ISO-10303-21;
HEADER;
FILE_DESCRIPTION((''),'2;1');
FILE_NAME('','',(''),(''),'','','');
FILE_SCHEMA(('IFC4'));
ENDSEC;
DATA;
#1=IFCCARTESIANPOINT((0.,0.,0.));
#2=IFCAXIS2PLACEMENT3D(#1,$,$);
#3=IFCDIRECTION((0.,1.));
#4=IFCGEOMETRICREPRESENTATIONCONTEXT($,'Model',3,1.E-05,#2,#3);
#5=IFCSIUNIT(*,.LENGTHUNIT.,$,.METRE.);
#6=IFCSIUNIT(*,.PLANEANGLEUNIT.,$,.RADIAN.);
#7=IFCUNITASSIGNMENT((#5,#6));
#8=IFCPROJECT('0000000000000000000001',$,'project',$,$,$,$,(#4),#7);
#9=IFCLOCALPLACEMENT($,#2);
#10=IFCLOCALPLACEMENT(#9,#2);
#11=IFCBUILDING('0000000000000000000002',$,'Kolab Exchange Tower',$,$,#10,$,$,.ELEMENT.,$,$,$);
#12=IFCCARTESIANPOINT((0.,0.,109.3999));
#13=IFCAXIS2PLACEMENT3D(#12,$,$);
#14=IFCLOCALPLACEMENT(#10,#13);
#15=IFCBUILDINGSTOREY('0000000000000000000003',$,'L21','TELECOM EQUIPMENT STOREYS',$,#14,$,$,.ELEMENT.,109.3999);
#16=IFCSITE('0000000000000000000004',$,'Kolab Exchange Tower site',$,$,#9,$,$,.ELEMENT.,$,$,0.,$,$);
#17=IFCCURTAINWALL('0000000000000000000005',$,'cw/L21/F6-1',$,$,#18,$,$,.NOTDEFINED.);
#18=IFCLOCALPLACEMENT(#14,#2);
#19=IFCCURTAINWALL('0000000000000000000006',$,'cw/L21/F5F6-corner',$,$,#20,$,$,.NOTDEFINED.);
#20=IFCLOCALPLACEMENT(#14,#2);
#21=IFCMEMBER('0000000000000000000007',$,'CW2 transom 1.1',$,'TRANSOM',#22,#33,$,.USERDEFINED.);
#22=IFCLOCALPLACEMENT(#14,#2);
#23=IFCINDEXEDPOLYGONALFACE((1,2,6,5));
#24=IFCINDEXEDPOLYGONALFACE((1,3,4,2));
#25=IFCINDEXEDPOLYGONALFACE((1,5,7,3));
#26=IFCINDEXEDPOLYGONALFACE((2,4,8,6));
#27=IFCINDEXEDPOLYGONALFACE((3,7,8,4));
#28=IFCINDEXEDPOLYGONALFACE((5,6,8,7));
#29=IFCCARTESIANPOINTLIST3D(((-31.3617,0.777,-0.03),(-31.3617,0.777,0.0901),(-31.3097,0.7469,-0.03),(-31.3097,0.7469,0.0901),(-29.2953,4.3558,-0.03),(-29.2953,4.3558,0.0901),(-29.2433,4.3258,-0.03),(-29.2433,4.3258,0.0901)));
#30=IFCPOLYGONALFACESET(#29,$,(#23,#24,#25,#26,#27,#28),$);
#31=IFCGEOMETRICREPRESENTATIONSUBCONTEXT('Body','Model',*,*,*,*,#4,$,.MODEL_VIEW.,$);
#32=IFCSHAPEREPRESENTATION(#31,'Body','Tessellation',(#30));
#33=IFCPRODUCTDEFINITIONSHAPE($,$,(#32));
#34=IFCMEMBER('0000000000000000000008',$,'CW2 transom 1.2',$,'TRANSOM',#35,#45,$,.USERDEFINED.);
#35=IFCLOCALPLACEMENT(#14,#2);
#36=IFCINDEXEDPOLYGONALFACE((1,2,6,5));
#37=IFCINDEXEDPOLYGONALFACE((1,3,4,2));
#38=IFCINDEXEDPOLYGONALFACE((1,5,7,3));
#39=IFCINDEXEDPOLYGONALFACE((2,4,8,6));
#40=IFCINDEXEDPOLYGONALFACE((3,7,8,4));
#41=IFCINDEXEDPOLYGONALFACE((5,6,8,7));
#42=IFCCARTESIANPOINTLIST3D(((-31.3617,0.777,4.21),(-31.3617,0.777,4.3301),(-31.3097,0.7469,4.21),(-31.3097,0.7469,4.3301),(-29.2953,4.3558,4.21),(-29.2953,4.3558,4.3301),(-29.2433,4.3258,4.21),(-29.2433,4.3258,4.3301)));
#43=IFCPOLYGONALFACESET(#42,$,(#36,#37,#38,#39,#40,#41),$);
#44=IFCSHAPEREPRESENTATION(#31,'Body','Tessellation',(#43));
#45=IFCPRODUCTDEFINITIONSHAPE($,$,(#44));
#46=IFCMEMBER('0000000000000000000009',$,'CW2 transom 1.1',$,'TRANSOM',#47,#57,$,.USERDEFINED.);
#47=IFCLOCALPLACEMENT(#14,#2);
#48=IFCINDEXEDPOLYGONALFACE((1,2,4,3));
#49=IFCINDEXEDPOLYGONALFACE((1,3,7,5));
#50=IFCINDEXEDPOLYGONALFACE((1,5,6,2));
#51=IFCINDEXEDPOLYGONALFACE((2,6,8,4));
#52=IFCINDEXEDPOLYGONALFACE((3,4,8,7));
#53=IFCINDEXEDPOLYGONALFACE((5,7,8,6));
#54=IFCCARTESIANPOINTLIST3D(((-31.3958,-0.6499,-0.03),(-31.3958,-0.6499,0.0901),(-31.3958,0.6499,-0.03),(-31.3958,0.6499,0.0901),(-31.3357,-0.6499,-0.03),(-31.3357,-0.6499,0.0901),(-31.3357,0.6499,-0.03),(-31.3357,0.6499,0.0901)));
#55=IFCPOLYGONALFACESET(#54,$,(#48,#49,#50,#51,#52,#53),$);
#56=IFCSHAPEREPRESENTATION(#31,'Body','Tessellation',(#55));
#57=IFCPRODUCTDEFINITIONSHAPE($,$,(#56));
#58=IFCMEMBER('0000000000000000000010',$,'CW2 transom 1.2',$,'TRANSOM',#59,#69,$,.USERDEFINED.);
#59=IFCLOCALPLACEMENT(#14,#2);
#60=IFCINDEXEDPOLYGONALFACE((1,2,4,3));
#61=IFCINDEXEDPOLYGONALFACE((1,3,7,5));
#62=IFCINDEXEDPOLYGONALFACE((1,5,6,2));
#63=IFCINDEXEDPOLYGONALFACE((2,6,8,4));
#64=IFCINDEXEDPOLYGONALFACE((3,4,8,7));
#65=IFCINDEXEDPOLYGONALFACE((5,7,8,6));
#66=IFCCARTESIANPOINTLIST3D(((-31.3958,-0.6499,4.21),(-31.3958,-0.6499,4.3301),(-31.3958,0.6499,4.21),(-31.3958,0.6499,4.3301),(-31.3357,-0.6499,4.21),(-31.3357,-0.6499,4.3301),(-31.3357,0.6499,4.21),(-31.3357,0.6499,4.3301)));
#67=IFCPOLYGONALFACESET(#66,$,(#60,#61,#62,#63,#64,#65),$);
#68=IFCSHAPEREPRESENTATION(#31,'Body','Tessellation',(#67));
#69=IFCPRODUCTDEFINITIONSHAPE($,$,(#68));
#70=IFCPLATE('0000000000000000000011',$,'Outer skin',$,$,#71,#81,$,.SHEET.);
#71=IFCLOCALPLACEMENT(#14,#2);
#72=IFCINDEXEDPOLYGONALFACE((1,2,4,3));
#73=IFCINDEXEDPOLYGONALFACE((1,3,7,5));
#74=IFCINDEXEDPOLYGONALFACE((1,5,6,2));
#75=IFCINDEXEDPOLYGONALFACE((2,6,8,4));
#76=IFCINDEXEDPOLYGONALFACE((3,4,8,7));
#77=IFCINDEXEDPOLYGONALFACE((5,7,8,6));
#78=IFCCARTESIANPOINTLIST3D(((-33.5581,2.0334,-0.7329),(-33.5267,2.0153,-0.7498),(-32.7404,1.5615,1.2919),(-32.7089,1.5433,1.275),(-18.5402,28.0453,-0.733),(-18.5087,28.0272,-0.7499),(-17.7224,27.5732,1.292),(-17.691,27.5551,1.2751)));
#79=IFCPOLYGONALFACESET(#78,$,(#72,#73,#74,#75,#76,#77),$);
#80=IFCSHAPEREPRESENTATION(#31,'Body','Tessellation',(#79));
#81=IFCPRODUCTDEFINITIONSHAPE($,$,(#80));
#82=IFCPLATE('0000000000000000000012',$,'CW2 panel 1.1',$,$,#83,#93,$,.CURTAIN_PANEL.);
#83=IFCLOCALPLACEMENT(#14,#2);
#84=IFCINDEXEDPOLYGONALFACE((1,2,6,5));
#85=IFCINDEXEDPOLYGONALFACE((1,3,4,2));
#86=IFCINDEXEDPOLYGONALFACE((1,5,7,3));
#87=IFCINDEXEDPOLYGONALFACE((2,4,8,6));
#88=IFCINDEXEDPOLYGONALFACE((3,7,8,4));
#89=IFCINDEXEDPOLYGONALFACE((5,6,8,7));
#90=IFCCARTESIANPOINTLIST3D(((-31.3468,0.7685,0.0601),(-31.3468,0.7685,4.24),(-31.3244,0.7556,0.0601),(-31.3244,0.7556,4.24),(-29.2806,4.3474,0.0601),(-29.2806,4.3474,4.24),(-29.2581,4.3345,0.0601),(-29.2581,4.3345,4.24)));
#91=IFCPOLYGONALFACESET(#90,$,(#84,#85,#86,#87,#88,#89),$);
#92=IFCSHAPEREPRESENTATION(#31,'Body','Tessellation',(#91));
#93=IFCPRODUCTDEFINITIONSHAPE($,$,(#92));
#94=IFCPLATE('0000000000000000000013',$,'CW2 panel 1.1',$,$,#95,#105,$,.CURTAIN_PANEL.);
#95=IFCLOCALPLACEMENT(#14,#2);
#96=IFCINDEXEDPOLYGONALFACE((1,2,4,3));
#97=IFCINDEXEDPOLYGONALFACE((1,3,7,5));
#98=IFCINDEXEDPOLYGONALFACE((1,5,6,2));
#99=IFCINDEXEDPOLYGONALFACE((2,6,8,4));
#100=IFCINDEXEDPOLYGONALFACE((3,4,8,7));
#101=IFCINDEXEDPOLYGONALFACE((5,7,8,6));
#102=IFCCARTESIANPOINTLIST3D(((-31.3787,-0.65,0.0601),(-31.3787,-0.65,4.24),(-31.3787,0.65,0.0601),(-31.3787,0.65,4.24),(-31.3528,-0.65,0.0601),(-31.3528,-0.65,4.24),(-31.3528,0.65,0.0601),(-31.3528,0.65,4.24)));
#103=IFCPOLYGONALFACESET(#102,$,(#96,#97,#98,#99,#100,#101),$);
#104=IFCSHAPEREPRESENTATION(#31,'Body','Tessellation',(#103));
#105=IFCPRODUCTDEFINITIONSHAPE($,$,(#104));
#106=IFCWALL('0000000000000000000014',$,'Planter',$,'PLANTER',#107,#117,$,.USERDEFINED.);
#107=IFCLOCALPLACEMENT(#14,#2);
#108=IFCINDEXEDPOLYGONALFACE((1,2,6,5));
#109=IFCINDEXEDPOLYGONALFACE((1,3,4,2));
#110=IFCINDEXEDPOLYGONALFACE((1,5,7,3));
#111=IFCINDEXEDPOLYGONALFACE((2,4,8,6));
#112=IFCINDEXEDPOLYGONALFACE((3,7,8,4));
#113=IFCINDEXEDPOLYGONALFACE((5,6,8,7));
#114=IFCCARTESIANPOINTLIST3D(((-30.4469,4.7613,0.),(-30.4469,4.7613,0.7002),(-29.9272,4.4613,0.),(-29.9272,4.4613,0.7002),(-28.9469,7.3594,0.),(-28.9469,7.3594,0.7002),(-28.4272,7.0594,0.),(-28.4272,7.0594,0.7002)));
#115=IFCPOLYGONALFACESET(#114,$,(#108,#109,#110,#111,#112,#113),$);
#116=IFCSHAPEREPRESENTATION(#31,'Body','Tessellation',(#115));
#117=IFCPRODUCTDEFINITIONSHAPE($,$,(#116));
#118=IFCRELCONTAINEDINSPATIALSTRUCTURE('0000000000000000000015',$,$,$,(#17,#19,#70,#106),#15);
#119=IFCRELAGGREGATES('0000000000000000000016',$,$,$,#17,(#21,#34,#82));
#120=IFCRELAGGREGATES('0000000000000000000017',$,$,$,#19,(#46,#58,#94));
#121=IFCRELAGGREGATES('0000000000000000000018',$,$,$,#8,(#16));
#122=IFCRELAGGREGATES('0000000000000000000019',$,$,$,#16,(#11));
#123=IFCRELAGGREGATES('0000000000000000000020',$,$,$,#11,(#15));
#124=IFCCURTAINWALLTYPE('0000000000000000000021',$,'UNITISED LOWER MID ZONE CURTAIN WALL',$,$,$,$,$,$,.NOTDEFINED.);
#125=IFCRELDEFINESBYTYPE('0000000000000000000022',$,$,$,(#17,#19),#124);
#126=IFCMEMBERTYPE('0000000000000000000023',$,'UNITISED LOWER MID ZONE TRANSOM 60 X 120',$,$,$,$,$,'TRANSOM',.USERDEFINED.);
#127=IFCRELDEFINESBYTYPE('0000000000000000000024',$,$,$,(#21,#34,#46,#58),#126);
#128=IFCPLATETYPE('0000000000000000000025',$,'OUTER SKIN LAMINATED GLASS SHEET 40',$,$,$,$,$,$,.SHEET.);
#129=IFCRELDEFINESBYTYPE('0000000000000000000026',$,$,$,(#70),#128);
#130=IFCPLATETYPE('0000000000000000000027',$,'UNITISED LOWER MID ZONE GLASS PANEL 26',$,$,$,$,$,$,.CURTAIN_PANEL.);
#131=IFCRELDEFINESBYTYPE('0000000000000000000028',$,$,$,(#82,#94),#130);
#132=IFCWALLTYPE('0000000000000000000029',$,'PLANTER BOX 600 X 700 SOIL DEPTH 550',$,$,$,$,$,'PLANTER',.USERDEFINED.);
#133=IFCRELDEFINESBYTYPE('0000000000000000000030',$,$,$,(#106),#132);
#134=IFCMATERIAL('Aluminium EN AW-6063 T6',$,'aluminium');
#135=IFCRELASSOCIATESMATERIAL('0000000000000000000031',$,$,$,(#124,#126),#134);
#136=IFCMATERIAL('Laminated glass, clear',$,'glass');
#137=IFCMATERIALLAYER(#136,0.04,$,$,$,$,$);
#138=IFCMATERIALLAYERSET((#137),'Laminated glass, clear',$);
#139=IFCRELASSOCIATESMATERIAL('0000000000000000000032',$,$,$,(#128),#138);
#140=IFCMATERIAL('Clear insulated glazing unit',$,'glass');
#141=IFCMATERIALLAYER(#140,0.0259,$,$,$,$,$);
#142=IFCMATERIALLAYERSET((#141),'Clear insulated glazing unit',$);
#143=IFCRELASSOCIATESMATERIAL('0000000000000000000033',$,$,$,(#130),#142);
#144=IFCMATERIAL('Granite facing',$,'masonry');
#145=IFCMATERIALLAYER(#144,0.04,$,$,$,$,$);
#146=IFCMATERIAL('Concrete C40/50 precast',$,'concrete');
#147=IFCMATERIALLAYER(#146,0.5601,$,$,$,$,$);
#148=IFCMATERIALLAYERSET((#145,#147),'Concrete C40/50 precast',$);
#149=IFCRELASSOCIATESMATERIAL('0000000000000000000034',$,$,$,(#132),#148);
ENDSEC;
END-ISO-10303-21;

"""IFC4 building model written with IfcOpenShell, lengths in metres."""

from ifc_helpers import new_model, si_unit, direction, frame, frame_2d, origin, origin_2d, place, context, subcontext, project, spatial, polyline, rectangle, outline, extrude, material, layer, layer_set, material_profile, profile_set, type_object, element, aggregate, save


model = new_model("IFC4")

# Units and contexts
model_context = context("Model", 3, precision=1e-05, world=origin(), true_north=direction((0.0, 1.0)))
body_context = subcontext(model_context, "Body", "Model", "MODEL_VIEW")
ifc_project = project(units=[si_unit("LENGTHUNIT", "METRE"), si_unit("PLANEANGLEUNIT", "RADIAN")], contexts=[model_context])

# Site, building, storey
site_placement = place(None, origin())
site = spatial("IfcSite", under=ifc_project, at=site_placement, Name="Kolab Exchange Tower site", CompositionType="ELEMENT", RefElevation=0.0)
building_placement = place(site_placement, origin())
building = spatial("IfcBuilding", under=site, at=building_placement, Name="Kolab Exchange Tower", CompositionType="ELEMENT")
storey_placement = place(building_placement, frame((0.0, 0.0, 109.3999)))
storey = spatial("IfcBuildingStorey", under=building, at=storey_placement, Name="L21", Description="TELECOM EQUIPMENT STOREYS", CompositionType="ELEMENT", Elevation=109.3999)

# Shared definitions
ifc_material_1 = material(Name="Aluminium EN AW-6063 T6", Category="aluminium")
curtain_wall_type = type_object("IfcCurtainWallType", Name="UNITISED LOWER MID ZONE CURTAIN WALL", PredefinedType="NOTDEFINED", material=ifc_material_1)

# Curtain walls
curtain_wall_1_placement = place(storey_placement, origin())
curtain_wall_1 = element("IfcCurtainWall", 1, at=curtain_wall_1_placement, inside=storey, type_object=curtain_wall_type, Name="cw/L21/F6-1", PredefinedType="NOTDEFINED")
curtain_wall_2_placement = place(storey_placement, origin())
curtain_wall_2 = element("IfcCurtainWall", 2, at=curtain_wall_2_placement, inside=storey, type_object=curtain_wall_type, Name="cw/L21/F5F6-corner", PredefinedType="NOTDEFINED")

# Members
ifc_material_profile_1 = material_profile(ifc_material_1, rectangle(XDim=0.0601, YDim=0.1201, at=origin_2d()), Name="RECT 60X120")
ifc_profile_set_1 = profile_set([ifc_material_profile_1], Name="Aluminium EN AW-6063 T6")
member_type_1 = type_object("IfcMemberType", Name="UNITISED LOWER MID ZONE TRANSOM 60 X 120", ElementType="TRANSOM", PredefinedType="USERDEFINED", material=ifc_profile_set_1)
member_1_placement = place(storey_placement, frame((-31.3357, 0.762, 0.03), z_axis=(0.500028, 0.866009, 0.0), x_axis=(-0.866009, 0.500028, 0.0)))
member_1 = element("IfcMember", 3, at=member_1_placement, type_object=member_type_1, Name="CW2 transom 1.1", ObjectType="TRANSOM", PredefinedType="USERDEFINED", context=body_context, shape_type="SweptSolid", body=[
    extrude(rectangle(XDim=0.0601, YDim=0.1201, at=origin_2d()), origin(), (0.0, 0.0, 1.0), 4.1326),
])
member_2_placement = place(storey_placement, frame((-31.3357, 0.762, 4.27), z_axis=(0.500028, 0.866009, 0.0), x_axis=(-0.866009, 0.500028, 0.0)))
member_2 = element("IfcMember", 4, at=member_2_placement, type_object=member_type_1, Name="CW2 transom 1.2", ObjectType="TRANSOM", PredefinedType="USERDEFINED", context=body_context, shape_type="SweptSolid", body=[
    extrude(rectangle(XDim=0.0601, YDim=0.1201, at=origin_2d()), origin(), (0.0, 0.0, 1.0), 4.1326),
])
member_3_placement = place(storey_placement, frame((-31.3657, -0.6499, 0.03), z_axis=(0.0, 1.0, 0.0), x_axis=(-1.0, 0.0, 0.0)))
member_3 = element("IfcMember", 5, at=member_3_placement, type_object=member_type_1, Name="CW2 transom 1.1", ObjectType="TRANSOM", PredefinedType="USERDEFINED", context=body_context, shape_type="SweptSolid", body=[
    extrude(rectangle(XDim=0.0601, YDim=0.1201, at=origin_2d()), origin(), (0.0, 0.0, 1.0), 1.2998),
])
member_4_placement = place(storey_placement, frame((-31.3657, -0.6499, 4.27), z_axis=(0.0, 1.0, 0.0), x_axis=(-1.0, 0.0, 0.0)))
member_4 = element("IfcMember", 6, at=member_4_placement, type_object=member_type_1, Name="CW2 transom 1.2", ObjectType="TRANSOM", PredefinedType="USERDEFINED", context=body_context, shape_type="SweptSolid", body=[
    extrude(rectangle(XDim=0.0601, YDim=0.1201, at=origin_2d()), origin(), (0.0, 0.0, 1.0), 1.2998),
])

# Plates
ifc_material_2 = material(Name="Laminated glass, clear", Category="glass")
ifc_layer_1 = layer(ifc_material_2, 0.04)
ifc_layer_set_1 = layer_set([ifc_layer_1], Name="Laminated glass, clear")
plate_type_1 = type_object("IfcPlateType", Name="OUTER SKIN LAMINATED GLASS SHEET 40", PredefinedType="SHEET", material=ifc_layer_set_1)
plate_1_placement = place(storey_placement, frame((-33.5581, 2.0334, -0.7329), z_axis=(-0.784887, 0.453155, 0.422613), x_axis=(0.499999, 0.866026, -0.000002)))
element("IfcPlate", 7, at=plate_1_placement, inside=storey, type_object=plate_type_1, Name="Outer skin", PredefinedType="SHEET", context=body_context, shape_type="SweptSolid", body=[
    extrude(outline(polyline([(0.0, 0.0), (30.0359, 0.0), (30.036, -2.2343), (0.0001, -2.2342), (0.0, 0.0)])), origin(), (0.0, 0.0, -1.0), 0.04),
])
ifc_material_3 = material(Name="Clear insulated glazing unit", Category="glass")
ifc_layer_2 = layer(ifc_material_3, 0.0259)
ifc_layer_set_2 = layer_set([ifc_layer_2], Name="Clear insulated glazing unit")
plate_type_2 = type_object("IfcPlateType", Name="UNITISED LOWER MID ZONE GLASS PANEL 26", PredefinedType="CURTAIN_PANEL", material=ifc_layer_set_2)
plate_2_placement = place(storey_placement, frame((-30.3025, 2.5515, 0.0601), z_axis=(0.0, 0.0, 1.0), x_axis=(0.5, 0.866025, 0.0)))
plate_2 = element("IfcPlate", 8, at=plate_2_placement, type_object=plate_type_2, Name="CW2 panel 1.1", PredefinedType="CURTAIN_PANEL", context=body_context, shape_type="SweptSolid", body=[
    extrude(rectangle(XDim=4.1326, YDim=0.0259, at=origin_2d()), origin(), (0.0, 0.0, 1.0), 4.1799),
])
aggregate(curtain_wall_1, [member_1, member_2, plate_2])
plate_3_placement = place(storey_placement, frame((-31.3657, 0.0, 0.0601), z_axis=(0.0, 0.0, 1.0), x_axis=(0.0, 1.0, 0.0)))
plate_3 = element("IfcPlate", 9, at=plate_3_placement, type_object=plate_type_2, Name="CW2 panel 1.1", PredefinedType="CURTAIN_PANEL", context=body_context, shape_type="SweptSolid", body=[
    extrude(rectangle(XDim=1.3, YDim=0.0259, at=origin_2d()), origin(), (0.0, 0.0, 1.0), 4.1799),
])
aggregate(curtain_wall_2, [member_3, member_4, plate_3])

# Wall
ifc_material_4 = material(Name="Granite facing", Category="masonry")
ifc_layer_3 = layer(ifc_material_4, 0.04)
ifc_material_5 = material(Name="Concrete C40/50 precast", Category="concrete")
ifc_layer_4 = layer(ifc_material_5, 0.5601)
ifc_layer_set_3 = layer_set([ifc_layer_3, ifc_layer_4], Name="Concrete C40/50 precast")
wall_type = type_object("IfcWallType", Name="PLANTER BOX 600 X 700 SOIL DEPTH 550", ElementType="PLANTER", PredefinedType="USERDEFINED", material=ifc_layer_set_3)
wall_placement = place(storey_placement, frame((-30.187, 4.6113, 0.0), z_axis=(0.0, 0.0, 1.0), x_axis=(0.49999, 0.866031, 0.0)))
element("IfcWall", 10, at=wall_placement, inside=storey, type_object=wall_type, Name="Planter", ObjectType="PLANTER", PredefinedType="USERDEFINED", context=body_context, shape_type="SweptSolid", body=[
    extrude(rectangle(XDim=3.0, YDim=0.6001, at=frame_2d((1.5, 0.0))), origin(), (0.0, 0.0, 1.0), 0.7002),
])

save(model, "model.ifc")
